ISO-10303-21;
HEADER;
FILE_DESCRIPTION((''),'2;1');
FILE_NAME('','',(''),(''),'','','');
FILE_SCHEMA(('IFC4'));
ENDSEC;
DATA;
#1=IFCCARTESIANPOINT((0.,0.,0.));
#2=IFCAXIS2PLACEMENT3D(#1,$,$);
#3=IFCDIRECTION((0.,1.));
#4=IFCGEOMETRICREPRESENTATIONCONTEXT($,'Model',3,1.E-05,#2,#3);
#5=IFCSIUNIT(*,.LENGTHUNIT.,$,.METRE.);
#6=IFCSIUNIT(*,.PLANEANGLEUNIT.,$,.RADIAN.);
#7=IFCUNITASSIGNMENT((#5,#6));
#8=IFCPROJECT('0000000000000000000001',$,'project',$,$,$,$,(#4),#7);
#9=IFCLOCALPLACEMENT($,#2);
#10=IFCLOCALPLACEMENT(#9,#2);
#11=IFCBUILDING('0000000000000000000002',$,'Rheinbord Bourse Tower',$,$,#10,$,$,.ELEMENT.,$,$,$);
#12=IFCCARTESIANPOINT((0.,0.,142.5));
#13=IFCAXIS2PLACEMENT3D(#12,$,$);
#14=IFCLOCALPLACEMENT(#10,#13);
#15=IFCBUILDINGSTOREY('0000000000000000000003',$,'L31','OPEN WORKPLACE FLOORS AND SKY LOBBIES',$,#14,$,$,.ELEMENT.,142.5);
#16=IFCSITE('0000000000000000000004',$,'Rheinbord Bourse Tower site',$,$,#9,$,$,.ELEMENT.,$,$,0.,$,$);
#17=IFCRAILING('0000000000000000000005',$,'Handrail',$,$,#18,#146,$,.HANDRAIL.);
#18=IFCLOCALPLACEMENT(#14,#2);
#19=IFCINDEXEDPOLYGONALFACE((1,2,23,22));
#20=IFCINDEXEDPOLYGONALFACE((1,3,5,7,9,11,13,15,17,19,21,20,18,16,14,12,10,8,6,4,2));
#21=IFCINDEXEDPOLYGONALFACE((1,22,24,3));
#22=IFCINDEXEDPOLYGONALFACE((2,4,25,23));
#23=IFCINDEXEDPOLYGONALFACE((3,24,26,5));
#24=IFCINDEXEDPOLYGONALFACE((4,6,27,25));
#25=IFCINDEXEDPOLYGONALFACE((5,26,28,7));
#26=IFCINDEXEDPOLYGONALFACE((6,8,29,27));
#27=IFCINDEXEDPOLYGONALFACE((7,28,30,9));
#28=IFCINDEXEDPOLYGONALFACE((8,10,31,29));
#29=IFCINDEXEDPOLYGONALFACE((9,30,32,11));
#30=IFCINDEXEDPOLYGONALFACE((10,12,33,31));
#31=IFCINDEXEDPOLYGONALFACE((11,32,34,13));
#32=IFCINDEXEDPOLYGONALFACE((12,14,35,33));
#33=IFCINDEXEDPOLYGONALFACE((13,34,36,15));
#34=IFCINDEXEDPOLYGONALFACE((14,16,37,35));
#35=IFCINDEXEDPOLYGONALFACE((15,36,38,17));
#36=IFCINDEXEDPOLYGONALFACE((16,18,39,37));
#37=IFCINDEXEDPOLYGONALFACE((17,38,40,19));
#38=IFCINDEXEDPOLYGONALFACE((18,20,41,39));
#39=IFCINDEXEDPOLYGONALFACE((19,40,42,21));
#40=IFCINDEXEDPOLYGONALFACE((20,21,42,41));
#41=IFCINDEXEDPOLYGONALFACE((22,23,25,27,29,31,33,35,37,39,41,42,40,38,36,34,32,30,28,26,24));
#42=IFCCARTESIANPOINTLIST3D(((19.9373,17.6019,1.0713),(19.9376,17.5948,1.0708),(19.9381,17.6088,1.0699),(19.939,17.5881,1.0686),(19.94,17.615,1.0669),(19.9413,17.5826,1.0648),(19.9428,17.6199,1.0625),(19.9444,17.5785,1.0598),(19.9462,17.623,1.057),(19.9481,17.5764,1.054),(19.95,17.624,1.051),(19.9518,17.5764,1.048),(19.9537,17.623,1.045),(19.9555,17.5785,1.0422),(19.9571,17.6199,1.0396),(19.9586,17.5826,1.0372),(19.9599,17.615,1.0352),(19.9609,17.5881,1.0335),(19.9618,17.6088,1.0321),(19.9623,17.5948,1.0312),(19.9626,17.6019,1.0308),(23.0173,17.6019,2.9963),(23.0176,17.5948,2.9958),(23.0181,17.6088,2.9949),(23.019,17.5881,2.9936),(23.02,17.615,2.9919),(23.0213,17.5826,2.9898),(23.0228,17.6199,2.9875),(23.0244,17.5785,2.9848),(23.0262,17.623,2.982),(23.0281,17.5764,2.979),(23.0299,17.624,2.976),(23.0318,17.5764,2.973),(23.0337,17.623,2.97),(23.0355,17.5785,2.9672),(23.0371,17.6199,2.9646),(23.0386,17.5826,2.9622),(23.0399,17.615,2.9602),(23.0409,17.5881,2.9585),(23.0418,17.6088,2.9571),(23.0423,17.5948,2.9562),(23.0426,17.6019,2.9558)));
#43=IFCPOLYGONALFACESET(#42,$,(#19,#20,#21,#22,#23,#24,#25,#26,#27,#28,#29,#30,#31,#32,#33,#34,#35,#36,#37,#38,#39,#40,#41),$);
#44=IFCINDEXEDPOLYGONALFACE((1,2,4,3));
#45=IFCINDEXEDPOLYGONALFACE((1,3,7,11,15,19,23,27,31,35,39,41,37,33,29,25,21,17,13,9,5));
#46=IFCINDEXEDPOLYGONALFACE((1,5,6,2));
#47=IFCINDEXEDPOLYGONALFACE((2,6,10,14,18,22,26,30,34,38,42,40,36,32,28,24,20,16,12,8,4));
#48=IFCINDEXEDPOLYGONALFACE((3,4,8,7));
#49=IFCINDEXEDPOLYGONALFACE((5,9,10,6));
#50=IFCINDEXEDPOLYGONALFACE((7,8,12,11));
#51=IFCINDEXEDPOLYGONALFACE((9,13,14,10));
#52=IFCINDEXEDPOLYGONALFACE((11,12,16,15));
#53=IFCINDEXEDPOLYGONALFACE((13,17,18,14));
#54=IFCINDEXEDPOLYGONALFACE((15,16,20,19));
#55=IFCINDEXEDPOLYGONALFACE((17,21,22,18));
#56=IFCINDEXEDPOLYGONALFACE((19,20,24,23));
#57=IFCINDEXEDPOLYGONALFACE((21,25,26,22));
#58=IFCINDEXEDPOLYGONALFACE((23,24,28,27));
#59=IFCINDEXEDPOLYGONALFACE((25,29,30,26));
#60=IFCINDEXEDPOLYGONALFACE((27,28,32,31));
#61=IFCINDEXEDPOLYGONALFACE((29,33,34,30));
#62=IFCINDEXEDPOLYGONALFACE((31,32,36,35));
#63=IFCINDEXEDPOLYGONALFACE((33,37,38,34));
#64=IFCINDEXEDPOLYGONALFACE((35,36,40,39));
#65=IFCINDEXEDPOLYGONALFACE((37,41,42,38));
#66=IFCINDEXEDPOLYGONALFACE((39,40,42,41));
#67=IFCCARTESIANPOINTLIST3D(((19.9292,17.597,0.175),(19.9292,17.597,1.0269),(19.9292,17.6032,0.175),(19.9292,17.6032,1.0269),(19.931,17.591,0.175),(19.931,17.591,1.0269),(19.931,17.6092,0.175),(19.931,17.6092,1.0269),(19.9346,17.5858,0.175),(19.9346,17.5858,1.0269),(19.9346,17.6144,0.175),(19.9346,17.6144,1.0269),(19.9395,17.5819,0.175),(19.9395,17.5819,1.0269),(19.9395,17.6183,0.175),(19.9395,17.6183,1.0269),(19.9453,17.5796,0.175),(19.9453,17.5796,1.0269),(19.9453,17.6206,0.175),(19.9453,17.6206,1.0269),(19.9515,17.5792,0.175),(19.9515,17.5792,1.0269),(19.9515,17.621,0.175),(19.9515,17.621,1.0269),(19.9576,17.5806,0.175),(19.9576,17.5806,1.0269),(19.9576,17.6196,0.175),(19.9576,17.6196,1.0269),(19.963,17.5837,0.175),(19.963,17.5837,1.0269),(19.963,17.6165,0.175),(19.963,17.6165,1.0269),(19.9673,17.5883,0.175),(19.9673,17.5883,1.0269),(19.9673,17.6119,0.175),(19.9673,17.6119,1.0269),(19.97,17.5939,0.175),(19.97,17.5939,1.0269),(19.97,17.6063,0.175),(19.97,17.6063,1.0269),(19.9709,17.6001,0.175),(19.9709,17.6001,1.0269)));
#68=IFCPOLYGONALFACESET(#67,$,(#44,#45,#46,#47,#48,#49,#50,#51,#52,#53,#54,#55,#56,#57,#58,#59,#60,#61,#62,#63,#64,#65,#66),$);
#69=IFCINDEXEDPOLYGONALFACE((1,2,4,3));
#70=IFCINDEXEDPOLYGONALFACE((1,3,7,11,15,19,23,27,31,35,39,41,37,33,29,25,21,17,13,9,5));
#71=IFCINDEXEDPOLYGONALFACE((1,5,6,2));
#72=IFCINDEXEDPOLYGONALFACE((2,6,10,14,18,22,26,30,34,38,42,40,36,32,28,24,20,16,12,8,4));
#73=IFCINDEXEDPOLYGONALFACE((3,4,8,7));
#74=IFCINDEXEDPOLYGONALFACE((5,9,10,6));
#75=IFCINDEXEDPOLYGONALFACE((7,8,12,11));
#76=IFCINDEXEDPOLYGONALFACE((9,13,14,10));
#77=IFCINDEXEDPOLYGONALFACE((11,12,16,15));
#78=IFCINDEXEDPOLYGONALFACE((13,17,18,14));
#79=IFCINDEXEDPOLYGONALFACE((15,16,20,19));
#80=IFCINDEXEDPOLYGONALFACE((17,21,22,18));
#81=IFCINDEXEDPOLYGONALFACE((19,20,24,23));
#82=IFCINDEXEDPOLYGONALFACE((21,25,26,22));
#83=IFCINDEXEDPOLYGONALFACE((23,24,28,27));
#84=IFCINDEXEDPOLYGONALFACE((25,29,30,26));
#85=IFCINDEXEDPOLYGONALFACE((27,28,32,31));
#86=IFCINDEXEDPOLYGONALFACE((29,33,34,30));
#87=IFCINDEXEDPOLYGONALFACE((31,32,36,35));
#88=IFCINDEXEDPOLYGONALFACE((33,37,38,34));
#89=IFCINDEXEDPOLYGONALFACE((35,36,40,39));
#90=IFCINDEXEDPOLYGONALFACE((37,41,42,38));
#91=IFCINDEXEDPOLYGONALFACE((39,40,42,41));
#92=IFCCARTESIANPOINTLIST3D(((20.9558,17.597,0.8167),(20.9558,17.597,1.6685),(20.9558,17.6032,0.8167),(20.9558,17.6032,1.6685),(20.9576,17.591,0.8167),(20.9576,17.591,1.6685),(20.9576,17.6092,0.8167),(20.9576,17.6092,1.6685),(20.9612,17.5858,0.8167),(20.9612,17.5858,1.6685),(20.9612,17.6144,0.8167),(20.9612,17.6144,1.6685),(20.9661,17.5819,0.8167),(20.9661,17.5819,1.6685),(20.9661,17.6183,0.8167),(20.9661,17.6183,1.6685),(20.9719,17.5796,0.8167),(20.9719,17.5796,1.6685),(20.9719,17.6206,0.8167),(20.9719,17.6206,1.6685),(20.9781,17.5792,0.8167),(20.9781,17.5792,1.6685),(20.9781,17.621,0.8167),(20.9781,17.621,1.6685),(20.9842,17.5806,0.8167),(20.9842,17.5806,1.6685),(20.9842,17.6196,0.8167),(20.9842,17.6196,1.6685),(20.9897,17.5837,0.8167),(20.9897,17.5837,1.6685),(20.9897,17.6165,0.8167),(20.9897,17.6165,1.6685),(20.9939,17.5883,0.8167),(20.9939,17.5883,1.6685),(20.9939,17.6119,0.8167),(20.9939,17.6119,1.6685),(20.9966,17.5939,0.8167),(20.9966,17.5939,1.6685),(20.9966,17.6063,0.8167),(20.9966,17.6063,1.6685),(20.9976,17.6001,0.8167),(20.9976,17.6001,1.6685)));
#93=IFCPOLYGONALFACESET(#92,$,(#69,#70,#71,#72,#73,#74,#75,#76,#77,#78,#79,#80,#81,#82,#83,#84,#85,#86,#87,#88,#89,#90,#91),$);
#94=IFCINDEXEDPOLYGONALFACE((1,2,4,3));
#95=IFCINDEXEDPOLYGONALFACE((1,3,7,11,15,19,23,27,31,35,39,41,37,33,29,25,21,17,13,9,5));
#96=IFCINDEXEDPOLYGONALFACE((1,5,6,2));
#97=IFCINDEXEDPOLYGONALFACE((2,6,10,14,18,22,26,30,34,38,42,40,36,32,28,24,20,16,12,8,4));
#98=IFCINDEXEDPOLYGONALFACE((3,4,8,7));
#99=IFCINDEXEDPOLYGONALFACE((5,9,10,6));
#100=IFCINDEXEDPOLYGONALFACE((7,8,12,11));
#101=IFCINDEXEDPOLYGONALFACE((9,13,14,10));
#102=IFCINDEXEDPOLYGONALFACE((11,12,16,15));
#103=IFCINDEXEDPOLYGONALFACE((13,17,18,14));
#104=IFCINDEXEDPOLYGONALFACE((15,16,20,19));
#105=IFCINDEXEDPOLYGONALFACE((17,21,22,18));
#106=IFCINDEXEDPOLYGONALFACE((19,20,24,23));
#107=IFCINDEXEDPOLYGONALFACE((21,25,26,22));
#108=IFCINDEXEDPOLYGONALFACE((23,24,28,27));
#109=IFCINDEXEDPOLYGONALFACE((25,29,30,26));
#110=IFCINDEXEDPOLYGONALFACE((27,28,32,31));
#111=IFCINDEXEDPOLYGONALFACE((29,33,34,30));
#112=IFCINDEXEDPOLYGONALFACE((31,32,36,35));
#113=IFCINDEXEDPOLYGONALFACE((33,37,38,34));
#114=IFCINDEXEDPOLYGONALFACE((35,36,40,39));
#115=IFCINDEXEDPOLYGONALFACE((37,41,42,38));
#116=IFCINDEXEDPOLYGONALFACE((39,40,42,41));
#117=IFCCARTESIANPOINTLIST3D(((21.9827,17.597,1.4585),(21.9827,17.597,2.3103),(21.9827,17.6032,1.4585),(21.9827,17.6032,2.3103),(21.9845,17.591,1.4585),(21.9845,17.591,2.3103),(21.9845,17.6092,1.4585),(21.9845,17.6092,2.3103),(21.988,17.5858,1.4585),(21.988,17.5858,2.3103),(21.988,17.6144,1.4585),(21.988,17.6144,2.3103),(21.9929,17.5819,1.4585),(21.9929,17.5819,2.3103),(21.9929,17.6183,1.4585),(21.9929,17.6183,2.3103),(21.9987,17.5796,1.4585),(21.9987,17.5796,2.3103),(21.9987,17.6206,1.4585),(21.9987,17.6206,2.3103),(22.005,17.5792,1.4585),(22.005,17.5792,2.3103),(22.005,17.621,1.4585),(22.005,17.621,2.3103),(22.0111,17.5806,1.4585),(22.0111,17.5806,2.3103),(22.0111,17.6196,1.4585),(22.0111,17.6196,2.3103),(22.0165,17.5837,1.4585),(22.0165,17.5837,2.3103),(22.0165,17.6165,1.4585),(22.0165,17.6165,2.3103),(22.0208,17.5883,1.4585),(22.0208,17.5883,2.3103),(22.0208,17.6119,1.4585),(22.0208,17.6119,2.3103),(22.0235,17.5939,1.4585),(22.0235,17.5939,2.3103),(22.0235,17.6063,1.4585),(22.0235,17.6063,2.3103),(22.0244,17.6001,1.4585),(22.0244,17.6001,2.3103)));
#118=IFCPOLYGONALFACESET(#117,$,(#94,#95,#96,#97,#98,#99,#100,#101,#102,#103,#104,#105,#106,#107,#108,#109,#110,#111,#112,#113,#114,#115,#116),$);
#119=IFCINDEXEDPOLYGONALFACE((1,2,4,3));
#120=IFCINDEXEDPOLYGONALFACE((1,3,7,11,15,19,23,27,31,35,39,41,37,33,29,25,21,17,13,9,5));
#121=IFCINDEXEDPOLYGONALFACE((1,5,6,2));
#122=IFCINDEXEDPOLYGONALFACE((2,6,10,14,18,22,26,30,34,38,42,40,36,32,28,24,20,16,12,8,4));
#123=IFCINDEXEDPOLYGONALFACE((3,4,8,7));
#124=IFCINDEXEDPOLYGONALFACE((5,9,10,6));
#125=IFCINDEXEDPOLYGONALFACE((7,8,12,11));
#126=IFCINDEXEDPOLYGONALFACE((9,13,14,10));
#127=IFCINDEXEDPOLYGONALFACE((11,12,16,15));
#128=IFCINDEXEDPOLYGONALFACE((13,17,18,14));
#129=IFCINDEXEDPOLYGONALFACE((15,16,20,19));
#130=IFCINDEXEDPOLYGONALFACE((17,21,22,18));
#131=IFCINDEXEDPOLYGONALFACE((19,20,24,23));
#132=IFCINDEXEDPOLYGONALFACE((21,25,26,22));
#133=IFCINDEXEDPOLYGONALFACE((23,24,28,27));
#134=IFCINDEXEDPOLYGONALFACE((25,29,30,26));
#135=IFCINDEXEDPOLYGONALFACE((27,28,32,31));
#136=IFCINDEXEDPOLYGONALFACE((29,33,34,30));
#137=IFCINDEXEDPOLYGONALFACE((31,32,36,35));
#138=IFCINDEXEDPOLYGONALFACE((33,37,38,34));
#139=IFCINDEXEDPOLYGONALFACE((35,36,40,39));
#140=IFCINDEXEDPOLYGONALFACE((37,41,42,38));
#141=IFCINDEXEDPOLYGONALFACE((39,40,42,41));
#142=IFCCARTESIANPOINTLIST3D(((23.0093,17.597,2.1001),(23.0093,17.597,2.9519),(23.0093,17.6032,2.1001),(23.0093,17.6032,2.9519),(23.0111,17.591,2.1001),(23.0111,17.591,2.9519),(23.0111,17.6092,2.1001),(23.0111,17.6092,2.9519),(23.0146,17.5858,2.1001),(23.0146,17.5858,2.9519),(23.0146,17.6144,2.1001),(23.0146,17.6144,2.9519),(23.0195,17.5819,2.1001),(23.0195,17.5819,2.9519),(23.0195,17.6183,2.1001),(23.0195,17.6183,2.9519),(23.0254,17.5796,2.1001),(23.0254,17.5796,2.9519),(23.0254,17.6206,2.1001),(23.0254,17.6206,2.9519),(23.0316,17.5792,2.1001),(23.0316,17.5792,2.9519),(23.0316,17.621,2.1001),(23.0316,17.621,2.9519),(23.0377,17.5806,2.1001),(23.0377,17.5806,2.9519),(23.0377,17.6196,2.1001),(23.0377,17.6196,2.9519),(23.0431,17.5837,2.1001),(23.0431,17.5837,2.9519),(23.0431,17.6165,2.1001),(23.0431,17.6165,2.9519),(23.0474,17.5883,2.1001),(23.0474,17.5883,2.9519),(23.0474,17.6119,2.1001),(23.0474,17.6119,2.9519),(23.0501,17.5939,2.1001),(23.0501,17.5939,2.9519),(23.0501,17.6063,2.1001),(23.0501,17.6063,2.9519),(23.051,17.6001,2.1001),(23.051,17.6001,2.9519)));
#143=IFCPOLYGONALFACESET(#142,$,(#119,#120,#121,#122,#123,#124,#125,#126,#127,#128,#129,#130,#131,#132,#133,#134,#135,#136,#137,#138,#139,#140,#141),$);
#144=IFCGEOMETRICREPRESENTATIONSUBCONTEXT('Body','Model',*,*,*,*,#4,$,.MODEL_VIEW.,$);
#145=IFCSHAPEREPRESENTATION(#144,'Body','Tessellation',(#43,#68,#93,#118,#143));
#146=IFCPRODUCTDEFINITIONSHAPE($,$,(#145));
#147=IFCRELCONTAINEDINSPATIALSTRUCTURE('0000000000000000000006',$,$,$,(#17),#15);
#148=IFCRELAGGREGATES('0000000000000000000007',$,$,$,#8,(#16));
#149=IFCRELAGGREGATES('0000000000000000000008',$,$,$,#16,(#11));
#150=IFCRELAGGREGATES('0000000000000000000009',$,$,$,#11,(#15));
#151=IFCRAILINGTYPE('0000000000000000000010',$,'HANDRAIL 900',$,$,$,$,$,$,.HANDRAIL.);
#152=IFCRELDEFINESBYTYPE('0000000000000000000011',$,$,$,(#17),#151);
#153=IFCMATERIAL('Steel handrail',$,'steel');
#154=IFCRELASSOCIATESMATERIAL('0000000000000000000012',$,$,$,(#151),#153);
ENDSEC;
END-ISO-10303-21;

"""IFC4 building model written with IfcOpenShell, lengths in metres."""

from ifc_helpers import new_model, si_unit, direction, frame, origin, origin_2d, place, context, subcontext, project, spatial, circle, extrude, material, type_object, element, save


model = new_model("IFC4")

# Units and contexts
model_context = context("Model", 3, precision=1e-05, world=origin(), true_north=direction((0.0, 1.0)))
body_context = subcontext(model_context, "Body", "Model", "MODEL_VIEW")
ifc_project = project(units=[si_unit("LENGTHUNIT", "METRE"), si_unit("PLANEANGLEUNIT", "RADIAN")], contexts=[model_context])

# Site, building, storey
site_placement = place(None, origin())
site = spatial("IfcSite", under=ifc_project, at=site_placement, Name="Rheinbord Bourse Tower site", CompositionType="ELEMENT", RefElevation=0.0)
building_placement = place(site_placement, origin())
building = spatial("IfcBuilding", under=site, at=building_placement, Name="Rheinbord Bourse Tower", CompositionType="ELEMENT")
storey_placement = place(building_placement, frame((0.0, 0.0, 142.5)))
storey = spatial("IfcBuildingStorey", under=building, at=storey_placement, Name="L31", Description="OPEN WORKPLACE FLOORS AND SKY LOBBIES", CompositionType="ELEMENT", Elevation=142.5)

# Railing
ifc_material_1 = material(Name="Steel handrail", Category="steel")
railing_type = type_object("IfcRailingType", Name="HANDRAIL 900", PredefinedType="HANDRAIL", material=ifc_material_1)
railing_placement = place(storey_placement, frame((19.95, 17.6001, 0.175)))
element("IfcRailing", 1, at=railing_placement, inside=storey, type_object=railing_type, Name="Handrail", PredefinedType="HANDRAIL", context=body_context, shape_type="SweptSolid", body=[
    extrude(circle(Radius=0.0239, at=origin_2d()), frame((0.0, 0.0, 0.876), z_axis=(0.847998, 0.0, 0.529999), x_axis=(0.0, 1.0, 0.0)), (0.0, 0.0, 1.0), 3.6321),
    extrude(circle(Radius=0.021, at=origin_2d()), origin(), (0.0, 0.0, 1.0), 0.8518),
    extrude(circle(Radius=0.021, at=origin_2d()), frame((1.0266, 0.0, 0.6416)), (0.0, 0.0, 1.0), 0.8518),
    extrude(circle(Radius=0.021, at=origin_2d()), frame((2.0535, 0.0, 1.2834)), (0.0, 0.0, 1.0), 0.8518),
    extrude(circle(Radius=0.021, at=origin_2d()), frame((3.0801, 0.0, 1.925)), (0.0, 0.0, 1.0), 0.8518),
])

save(model, "model.ifc")
